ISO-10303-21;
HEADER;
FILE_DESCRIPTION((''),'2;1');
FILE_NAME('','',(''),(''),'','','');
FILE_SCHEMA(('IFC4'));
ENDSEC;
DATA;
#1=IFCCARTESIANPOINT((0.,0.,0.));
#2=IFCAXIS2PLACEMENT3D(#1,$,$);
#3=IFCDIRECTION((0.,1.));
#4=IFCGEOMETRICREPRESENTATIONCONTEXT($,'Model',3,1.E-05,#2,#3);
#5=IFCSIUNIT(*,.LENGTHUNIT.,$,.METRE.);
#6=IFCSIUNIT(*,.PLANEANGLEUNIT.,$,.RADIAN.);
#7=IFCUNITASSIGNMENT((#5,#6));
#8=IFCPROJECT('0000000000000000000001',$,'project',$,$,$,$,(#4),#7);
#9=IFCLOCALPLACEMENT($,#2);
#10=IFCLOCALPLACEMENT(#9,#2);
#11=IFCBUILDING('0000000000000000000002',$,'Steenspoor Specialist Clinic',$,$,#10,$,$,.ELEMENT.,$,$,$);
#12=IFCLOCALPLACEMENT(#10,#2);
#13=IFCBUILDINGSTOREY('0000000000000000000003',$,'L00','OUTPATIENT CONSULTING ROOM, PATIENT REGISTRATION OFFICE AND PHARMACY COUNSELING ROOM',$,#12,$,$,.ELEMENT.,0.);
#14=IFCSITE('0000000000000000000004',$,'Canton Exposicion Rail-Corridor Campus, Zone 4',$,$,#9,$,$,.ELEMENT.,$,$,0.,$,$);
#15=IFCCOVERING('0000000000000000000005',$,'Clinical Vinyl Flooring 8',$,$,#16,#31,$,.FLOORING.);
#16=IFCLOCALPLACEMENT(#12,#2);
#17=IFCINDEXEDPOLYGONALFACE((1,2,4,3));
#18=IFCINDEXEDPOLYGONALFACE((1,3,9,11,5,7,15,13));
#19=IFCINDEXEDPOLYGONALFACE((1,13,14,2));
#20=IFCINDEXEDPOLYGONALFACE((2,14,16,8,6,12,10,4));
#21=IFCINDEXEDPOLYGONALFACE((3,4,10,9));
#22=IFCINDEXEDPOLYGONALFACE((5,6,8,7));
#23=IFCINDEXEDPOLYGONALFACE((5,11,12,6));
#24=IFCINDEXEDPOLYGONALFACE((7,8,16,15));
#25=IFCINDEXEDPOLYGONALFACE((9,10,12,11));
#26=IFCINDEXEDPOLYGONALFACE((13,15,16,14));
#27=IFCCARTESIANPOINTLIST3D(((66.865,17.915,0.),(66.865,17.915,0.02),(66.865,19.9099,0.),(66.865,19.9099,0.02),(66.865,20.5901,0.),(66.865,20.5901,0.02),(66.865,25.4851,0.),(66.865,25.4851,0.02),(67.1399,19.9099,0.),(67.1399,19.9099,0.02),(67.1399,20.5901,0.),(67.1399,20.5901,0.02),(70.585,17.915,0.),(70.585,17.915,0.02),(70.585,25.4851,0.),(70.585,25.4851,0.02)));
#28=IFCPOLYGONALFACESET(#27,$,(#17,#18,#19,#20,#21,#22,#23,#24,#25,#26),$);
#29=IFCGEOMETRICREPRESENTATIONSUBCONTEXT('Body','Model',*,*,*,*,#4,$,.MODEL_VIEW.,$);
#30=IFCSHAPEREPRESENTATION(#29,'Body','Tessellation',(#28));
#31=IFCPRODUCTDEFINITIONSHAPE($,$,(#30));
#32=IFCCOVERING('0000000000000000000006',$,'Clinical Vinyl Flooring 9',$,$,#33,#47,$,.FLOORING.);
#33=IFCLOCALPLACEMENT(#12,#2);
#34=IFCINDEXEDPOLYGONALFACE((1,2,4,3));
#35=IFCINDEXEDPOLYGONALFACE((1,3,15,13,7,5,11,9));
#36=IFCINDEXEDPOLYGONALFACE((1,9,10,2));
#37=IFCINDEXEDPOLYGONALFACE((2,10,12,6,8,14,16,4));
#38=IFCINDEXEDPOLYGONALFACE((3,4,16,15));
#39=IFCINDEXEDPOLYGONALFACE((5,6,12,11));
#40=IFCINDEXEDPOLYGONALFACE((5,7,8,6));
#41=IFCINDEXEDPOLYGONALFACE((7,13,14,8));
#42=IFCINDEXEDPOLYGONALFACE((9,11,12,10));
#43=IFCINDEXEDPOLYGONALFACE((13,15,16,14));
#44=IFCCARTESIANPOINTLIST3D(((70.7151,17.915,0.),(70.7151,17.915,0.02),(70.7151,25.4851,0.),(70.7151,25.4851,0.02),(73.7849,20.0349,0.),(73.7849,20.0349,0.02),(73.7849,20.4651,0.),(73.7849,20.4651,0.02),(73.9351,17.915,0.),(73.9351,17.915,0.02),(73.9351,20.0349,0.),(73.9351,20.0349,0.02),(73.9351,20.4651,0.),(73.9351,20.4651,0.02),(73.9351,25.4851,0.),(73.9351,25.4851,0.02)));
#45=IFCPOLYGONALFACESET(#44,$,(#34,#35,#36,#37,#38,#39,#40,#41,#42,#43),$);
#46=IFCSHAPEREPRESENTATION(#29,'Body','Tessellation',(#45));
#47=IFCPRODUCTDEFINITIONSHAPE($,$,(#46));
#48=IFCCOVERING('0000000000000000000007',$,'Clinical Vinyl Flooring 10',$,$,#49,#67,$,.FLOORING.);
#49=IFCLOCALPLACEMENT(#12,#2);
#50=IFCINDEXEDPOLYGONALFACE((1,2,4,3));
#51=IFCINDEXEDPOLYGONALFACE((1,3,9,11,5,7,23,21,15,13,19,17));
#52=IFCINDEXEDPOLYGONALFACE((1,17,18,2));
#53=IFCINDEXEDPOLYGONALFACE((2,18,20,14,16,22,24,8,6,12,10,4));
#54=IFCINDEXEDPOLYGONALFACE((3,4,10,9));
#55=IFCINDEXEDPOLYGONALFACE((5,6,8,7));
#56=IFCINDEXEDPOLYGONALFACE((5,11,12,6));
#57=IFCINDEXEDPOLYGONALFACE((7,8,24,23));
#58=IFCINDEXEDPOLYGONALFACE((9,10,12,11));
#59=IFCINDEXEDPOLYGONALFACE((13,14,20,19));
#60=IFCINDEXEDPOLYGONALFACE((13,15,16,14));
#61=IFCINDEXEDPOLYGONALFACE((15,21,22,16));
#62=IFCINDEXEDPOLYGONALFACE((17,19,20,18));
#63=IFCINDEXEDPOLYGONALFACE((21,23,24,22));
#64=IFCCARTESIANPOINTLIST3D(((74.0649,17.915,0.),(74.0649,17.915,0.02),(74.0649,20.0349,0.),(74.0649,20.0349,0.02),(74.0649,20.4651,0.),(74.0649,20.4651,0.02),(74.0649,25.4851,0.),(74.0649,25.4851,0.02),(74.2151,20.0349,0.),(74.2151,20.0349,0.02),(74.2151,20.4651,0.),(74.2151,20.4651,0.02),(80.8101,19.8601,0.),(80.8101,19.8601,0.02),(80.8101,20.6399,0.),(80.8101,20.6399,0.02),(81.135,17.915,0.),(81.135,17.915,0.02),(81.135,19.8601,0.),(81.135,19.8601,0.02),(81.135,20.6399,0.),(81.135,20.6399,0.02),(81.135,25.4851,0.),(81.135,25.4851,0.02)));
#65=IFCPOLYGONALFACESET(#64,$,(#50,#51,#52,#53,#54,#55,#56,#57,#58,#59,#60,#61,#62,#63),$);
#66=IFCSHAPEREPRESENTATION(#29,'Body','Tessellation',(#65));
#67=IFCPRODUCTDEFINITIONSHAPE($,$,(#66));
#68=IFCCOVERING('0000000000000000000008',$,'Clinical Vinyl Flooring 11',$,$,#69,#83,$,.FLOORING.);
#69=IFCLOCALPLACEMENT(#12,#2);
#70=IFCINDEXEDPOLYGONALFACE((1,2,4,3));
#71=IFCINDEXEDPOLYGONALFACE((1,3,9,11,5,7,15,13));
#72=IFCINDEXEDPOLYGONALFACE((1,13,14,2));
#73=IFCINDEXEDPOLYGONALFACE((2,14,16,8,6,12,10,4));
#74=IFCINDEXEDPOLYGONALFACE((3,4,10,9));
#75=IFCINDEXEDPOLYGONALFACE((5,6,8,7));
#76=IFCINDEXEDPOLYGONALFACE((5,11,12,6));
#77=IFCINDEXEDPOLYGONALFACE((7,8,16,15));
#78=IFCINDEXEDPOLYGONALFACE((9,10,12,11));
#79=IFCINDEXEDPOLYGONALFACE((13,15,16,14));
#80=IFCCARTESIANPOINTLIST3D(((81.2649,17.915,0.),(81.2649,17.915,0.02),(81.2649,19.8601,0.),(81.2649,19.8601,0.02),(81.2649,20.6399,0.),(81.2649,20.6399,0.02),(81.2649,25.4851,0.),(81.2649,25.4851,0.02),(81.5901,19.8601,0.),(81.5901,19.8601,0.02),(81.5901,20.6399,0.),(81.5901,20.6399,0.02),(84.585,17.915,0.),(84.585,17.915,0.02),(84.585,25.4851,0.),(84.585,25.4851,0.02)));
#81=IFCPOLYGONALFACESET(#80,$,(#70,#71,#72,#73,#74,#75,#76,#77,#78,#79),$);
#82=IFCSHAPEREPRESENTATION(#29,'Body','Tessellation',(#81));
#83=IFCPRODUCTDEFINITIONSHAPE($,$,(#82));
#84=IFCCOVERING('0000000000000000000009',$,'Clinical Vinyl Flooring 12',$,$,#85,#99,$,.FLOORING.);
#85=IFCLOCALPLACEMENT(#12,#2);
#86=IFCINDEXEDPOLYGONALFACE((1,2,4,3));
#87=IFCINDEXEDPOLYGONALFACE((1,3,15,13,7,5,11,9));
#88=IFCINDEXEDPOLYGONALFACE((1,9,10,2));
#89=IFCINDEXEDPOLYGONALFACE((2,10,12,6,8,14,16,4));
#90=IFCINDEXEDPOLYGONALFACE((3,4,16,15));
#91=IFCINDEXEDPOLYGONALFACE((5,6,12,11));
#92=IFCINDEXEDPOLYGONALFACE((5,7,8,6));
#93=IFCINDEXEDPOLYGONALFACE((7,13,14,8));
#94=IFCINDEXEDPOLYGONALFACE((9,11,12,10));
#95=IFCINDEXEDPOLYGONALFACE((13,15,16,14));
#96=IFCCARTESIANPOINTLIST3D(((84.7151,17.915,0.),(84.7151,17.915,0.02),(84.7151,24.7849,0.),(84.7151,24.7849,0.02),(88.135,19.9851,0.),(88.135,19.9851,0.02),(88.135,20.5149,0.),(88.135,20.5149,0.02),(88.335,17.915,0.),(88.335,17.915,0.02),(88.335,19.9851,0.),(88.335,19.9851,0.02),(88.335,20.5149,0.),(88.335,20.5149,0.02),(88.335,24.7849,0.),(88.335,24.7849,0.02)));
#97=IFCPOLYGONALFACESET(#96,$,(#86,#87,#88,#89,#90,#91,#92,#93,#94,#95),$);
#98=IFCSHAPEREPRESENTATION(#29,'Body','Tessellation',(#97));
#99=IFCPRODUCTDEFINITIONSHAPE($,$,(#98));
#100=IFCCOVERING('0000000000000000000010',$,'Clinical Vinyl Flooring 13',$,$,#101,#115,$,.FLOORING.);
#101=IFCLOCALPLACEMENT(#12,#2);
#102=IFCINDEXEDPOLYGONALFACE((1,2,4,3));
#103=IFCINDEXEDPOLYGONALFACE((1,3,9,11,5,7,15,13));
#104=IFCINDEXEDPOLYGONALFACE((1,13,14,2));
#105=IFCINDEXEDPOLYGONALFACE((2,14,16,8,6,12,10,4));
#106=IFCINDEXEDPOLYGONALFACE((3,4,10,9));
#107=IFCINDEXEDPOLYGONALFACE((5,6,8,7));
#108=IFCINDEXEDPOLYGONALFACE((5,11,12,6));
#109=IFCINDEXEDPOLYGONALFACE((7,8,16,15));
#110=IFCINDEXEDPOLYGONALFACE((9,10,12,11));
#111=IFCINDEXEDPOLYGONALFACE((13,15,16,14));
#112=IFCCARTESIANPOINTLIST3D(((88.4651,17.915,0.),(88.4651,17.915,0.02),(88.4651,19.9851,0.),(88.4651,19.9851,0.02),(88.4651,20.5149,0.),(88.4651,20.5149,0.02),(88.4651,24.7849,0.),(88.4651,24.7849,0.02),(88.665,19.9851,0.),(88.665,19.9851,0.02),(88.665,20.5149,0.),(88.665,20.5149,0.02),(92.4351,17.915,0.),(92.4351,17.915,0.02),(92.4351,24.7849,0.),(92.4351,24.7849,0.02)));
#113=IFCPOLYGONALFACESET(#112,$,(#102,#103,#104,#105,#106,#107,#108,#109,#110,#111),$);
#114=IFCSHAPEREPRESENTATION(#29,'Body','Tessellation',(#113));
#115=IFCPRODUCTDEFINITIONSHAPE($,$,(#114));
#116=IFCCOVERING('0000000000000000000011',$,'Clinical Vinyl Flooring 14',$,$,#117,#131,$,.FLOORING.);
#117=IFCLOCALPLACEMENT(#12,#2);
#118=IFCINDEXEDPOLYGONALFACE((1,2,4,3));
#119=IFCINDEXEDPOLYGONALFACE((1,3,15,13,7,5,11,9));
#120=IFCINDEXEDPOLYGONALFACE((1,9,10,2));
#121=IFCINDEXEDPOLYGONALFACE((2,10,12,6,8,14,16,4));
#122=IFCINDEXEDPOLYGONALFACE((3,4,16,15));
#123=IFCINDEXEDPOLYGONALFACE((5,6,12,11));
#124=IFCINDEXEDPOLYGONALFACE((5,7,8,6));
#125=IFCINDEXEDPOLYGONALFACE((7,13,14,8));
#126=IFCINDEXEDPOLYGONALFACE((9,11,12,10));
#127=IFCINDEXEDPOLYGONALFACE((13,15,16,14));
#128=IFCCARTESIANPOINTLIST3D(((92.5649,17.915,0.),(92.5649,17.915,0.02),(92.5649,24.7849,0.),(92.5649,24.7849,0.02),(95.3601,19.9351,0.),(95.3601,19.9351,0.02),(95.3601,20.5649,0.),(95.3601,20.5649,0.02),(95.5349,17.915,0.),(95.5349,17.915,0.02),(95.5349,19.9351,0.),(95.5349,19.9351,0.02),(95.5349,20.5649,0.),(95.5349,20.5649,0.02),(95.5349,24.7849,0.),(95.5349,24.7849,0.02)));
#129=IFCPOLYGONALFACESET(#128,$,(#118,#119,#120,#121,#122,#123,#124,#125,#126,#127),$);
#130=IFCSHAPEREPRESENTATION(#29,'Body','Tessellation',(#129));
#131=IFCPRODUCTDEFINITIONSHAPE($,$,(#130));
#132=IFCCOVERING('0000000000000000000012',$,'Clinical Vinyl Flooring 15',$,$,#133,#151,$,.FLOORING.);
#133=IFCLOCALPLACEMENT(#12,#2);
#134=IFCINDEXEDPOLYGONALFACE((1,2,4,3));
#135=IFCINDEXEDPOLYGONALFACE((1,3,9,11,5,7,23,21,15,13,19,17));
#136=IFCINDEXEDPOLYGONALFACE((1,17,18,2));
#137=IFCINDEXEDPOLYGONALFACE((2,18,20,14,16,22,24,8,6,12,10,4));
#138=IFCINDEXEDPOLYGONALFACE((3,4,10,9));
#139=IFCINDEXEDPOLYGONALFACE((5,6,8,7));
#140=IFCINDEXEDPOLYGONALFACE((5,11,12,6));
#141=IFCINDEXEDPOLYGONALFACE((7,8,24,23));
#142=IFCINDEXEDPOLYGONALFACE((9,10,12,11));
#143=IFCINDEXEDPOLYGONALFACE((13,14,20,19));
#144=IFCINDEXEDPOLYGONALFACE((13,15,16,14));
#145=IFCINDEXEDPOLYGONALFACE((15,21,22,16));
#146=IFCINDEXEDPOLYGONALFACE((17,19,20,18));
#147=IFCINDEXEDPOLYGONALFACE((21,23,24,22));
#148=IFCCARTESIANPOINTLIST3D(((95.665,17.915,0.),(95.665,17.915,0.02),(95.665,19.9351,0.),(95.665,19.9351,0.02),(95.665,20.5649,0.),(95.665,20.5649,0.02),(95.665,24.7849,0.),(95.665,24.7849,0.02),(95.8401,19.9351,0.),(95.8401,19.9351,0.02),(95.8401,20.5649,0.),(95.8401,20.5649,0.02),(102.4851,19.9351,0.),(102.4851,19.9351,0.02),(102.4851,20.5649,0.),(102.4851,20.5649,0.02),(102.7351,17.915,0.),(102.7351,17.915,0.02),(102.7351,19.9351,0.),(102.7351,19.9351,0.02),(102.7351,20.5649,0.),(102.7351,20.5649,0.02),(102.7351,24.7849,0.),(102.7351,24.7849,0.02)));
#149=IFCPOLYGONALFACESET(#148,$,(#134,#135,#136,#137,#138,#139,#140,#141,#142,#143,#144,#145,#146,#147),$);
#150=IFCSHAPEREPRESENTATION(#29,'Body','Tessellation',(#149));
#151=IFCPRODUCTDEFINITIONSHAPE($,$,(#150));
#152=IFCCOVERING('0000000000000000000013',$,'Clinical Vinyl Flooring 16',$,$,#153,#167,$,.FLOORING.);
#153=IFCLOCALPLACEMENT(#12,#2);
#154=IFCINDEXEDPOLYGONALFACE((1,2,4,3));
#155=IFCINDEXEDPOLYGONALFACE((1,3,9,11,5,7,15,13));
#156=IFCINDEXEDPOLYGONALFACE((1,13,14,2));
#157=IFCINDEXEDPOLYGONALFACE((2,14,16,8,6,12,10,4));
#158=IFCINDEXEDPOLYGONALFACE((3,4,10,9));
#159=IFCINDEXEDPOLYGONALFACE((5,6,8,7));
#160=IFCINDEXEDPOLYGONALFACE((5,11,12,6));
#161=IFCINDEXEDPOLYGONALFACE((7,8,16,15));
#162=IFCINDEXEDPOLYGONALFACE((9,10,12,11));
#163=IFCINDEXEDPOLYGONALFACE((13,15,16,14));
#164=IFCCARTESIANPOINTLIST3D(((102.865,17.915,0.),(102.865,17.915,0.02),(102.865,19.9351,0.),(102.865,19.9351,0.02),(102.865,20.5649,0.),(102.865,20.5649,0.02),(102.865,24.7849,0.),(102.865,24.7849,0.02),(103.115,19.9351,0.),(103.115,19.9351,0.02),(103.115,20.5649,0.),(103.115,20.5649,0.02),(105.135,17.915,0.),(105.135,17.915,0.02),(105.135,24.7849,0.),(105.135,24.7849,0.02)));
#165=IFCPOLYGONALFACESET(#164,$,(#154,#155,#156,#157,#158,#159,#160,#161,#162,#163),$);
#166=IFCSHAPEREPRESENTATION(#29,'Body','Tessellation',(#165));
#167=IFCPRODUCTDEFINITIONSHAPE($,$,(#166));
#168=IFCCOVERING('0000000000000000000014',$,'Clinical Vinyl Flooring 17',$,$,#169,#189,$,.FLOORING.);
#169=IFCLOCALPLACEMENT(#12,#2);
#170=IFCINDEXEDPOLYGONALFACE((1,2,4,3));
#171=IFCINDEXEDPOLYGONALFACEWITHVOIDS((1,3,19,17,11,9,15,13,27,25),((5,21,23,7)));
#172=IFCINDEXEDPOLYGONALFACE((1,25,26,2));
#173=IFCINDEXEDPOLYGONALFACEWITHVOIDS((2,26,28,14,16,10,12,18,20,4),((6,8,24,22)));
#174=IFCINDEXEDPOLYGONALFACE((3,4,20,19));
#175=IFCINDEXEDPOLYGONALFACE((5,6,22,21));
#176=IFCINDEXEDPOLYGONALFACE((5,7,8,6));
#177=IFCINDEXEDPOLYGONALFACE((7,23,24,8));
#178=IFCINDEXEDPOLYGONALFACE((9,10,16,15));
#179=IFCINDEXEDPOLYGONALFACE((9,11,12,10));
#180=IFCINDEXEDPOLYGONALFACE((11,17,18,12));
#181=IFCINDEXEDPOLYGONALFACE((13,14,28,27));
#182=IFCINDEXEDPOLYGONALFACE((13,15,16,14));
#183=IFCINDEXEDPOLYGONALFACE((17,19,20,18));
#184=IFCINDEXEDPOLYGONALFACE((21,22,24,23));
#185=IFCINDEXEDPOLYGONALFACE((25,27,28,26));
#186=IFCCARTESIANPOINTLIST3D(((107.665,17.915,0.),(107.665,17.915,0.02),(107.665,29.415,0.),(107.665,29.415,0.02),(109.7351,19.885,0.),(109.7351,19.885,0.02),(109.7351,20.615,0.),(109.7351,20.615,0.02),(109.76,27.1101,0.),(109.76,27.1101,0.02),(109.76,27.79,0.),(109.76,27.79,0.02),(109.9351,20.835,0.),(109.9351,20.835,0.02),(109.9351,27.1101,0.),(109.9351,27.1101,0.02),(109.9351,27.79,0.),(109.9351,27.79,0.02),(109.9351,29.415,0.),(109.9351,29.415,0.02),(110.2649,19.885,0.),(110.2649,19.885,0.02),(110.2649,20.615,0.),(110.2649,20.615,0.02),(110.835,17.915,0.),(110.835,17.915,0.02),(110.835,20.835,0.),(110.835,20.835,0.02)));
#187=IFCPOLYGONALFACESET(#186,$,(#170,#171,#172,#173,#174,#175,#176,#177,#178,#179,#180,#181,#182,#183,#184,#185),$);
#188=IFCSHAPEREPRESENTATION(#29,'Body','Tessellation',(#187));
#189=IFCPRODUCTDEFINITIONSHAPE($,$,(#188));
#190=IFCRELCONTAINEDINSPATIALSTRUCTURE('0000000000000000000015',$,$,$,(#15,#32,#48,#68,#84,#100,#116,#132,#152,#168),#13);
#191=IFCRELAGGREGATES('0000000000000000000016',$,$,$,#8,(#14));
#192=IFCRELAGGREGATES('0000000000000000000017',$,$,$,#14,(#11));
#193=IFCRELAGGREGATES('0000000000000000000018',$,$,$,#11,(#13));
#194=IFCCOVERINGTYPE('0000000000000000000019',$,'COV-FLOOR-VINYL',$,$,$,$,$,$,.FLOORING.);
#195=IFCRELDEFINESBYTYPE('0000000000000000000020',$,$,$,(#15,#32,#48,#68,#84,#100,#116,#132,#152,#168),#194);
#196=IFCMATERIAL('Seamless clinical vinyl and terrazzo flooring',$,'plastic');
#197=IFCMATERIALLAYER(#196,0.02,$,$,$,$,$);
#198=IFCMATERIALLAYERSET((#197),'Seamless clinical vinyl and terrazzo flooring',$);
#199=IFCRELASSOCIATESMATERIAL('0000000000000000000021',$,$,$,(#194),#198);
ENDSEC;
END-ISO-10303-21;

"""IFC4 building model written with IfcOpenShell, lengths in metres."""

from ifc_helpers import new_model, si_unit, direction, origin, place, context, subcontext, project, spatial, polyline, outline, extrude, material, layer, layer_set, type_object, element, save


model = new_model("IFC4")

# Units and contexts
model_context = context("Model", 3, precision=1e-05, world=origin(), true_north=direction((0.0, 1.0)))
body_context = subcontext(model_context, "Body", "Model", "MODEL_VIEW")
ifc_project = project(units=[si_unit("LENGTHUNIT", "METRE"), si_unit("PLANEANGLEUNIT", "RADIAN")], contexts=[model_context])

# Site, building, storey
site_placement = place(None, origin())
site = spatial("IfcSite", under=ifc_project, at=site_placement, Name="Canton Exposicion Rail-Corridor Campus, Zone 4", CompositionType="ELEMENT", RefElevation=0.0)
building_placement = place(site_placement, origin())
building = spatial("IfcBuilding", under=site, at=building_placement, Name="Steenspoor Specialist Clinic", CompositionType="ELEMENT")
storey_placement = place(building_placement, origin())
storey = spatial("IfcBuildingStorey", under=building, at=storey_placement, Name="L00", Description="OUTPATIENT CONSULTING ROOM, PATIENT REGISTRATION OFFICE AND PHARMACY COUNSELING ROOM", CompositionType="ELEMENT", Elevation=0.0)

# Coverings
ifc_material_1 = material(Name="Seamless clinical vinyl and terrazzo flooring", Category="plastic")
ifc_layer_1 = layer(ifc_material_1, 0.02)
ifc_layer_set_1 = layer_set([ifc_layer_1], Name="Seamless clinical vinyl and terrazzo flooring")
covering_type = type_object("IfcCoveringType", Name="COV-FLOOR-VINYL", PredefinedType="FLOORING", material=ifc_layer_set_1)
covering_1_placement = place(storey_placement, origin())
element("IfcCovering", 1, at=covering_1_placement, inside=storey, type_object=covering_type, Name="Clinical Vinyl Flooring 8", PredefinedType="FLOORING", context=body_context, shape_type="SweptSolid", body=[
    extrude(outline(polyline([(70.585, 25.4851), (70.585, 17.915), (66.865, 17.915), (66.865, 19.9099), (67.1399, 19.9099), (67.1399, 20.5901), (66.865, 20.5901), (66.865, 25.4851), (70.585, 25.4851)])), origin(), (0.0, 0.0, 1.0), 0.02),
])
covering_2_placement = place(storey_placement, origin())
element("IfcCovering", 2, at=covering_2_placement, inside=storey, type_object=covering_type, Name="Clinical Vinyl Flooring 9", PredefinedType="FLOORING", context=body_context, shape_type="SweptSolid", body=[
    extrude(outline(polyline([(73.9351, 25.4851), (73.9351, 20.4651), (73.7849, 20.4651), (73.7849, 20.0349), (73.9351, 20.0349), (73.9351, 17.915), (70.7151, 17.915), (70.7151, 25.4851), (73.9351, 25.4851)])), origin(), (0.0, 0.0, 1.0), 0.02),
])
covering_3_placement = place(storey_placement, origin())
element("IfcCovering", 3, at=covering_3_placement, inside=storey, type_object=covering_type, Name="Clinical Vinyl Flooring 10", PredefinedType="FLOORING", context=body_context, shape_type="SweptSolid", body=[
    extrude(outline(polyline([(81.135, 25.4851), (81.135, 20.6399), (80.8101, 20.6399), (80.8101, 19.8601), (81.135, 19.8601), (81.135, 17.915), (74.0649, 17.915), (74.0649, 20.0349), (74.2151, 20.0349), (74.2151, 20.4651), (74.0649, 20.4651), (74.0649, 25.4851), (81.135, 25.4851)])), origin(), (0.0, 0.0, 1.0), 0.02),
])
covering_4_placement = place(storey_placement, origin())
element("IfcCovering", 4, at=covering_4_placement, inside=storey, type_object=covering_type, Name="Clinical Vinyl Flooring 11", PredefinedType="FLOORING", context=body_context, shape_type="SweptSolid", body=[
    extrude(outline(polyline([(84.585, 25.4851), (84.585, 17.915), (81.2649, 17.915), (81.2649, 19.8601), (81.5901, 19.8601), (81.5901, 20.6399), (81.2649, 20.6399), (81.2649, 25.4851), (84.585, 25.4851)])), origin(), (0.0, 0.0, 1.0), 0.02),
])
covering_5_placement = place(storey_placement, origin())
element("IfcCovering", 5, at=covering_5_placement, inside=storey, type_object=covering_type, Name="Clinical Vinyl Flooring 12", PredefinedType="FLOORING", context=body_context, shape_type="SweptSolid", body=[
    extrude(outline(polyline([(88.335, 24.7849), (88.335, 20.5149), (88.135, 20.5149), (88.135, 19.9851), (88.335, 19.9851), (88.335, 17.915), (84.7151, 17.915), (84.7151, 24.7849), (88.335, 24.7849)])), origin(), (0.0, 0.0, 1.0), 0.02),
])
covering_6_placement = place(storey_placement, origin())
element("IfcCovering", 6, at=covering_6_placement, inside=storey, type_object=covering_type, Name="Clinical Vinyl Flooring 13", PredefinedType="FLOORING", context=body_context, shape_type="SweptSolid", body=[
    extrude(outline(polyline([(92.4351, 24.7849), (92.4351, 17.915), (88.4651, 17.915), (88.4651, 19.9851), (88.665, 19.9851), (88.665, 20.5149), (88.4651, 20.5149), (88.4651, 24.7849), (92.4351, 24.7849)])), origin(), (0.0, 0.0, 1.0), 0.02),
])
covering_7_placement = place(storey_placement, origin())
element("IfcCovering", 7, at=covering_7_placement, inside=storey, type_object=covering_type, Name="Clinical Vinyl Flooring 14", PredefinedType="FLOORING", context=body_context, shape_type="SweptSolid", body=[
    extrude(outline(polyline([(95.5349, 24.7849), (95.5349, 20.5649), (95.3601, 20.5649), (95.3601, 19.9351), (95.5349, 19.9351), (95.5349, 17.915), (92.5649, 17.915), (92.5649, 24.7849), (95.5349, 24.7849)])), origin(), (0.0, 0.0, 1.0), 0.02),
])
covering_8_placement = place(storey_placement, origin())
element("IfcCovering", 8, at=covering_8_placement, inside=storey, type_object=covering_type, Name="Clinical Vinyl Flooring 15", PredefinedType="FLOORING", context=body_context, shape_type="SweptSolid", body=[
    extrude(outline(polyline([(102.7351, 24.7849), (102.7351, 20.5649), (102.4851, 20.5649), (102.4851, 19.9351), (102.7351, 19.9351), (102.7351, 17.915), (95.665, 17.915), (95.665, 19.9351), (95.8401, 19.9351), (95.8401, 20.5649), (95.665, 20.5649), (95.665, 24.7849), (102.7351, 24.7849)])), origin(), (0.0, 0.0, 1.0), 0.02),
])
covering_9_placement = place(storey_placement, origin())
element("IfcCovering", 9, at=covering_9_placement, inside=storey, type_object=covering_type, Name="Clinical Vinyl Flooring 16", PredefinedType="FLOORING", context=body_context, shape_type="SweptSolid", body=[
    extrude(outline(polyline([(105.135, 24.7849), (105.135, 17.915), (102.865, 17.915), (102.865, 19.9351), (103.115, 19.9351), (103.115, 20.5649), (102.865, 20.5649), (102.865, 24.7849), (105.135, 24.7849)])), origin(), (0.0, 0.0, 1.0), 0.02),
])
covering_10_placement = place(storey_placement, origin())
element("IfcCovering", 10, at=covering_10_placement, inside=storey, type_object=covering_type, Name="Clinical Vinyl Flooring 17", PredefinedType="FLOORING", context=body_context, shape_type="SweptSolid", body=[
    extrude(outline(polyline([(109.9351, 29.415), (109.9351, 27.79), (109.76, 27.79), (109.76, 27.1101), (109.9351, 27.1101), (109.9351, 20.835), (110.835, 20.835), (110.835, 17.915), (107.665, 17.915), (107.665, 29.415), (109.9351, 29.415)]), holes=[polyline([(110.2649, 19.885), (110.2649, 20.615), (109.7351, 20.615), (109.7351, 19.885), (110.2649, 19.885)])]), origin(), (0.0, 0.0, 1.0), 0.02),
])

save(model, "model.ifc")
